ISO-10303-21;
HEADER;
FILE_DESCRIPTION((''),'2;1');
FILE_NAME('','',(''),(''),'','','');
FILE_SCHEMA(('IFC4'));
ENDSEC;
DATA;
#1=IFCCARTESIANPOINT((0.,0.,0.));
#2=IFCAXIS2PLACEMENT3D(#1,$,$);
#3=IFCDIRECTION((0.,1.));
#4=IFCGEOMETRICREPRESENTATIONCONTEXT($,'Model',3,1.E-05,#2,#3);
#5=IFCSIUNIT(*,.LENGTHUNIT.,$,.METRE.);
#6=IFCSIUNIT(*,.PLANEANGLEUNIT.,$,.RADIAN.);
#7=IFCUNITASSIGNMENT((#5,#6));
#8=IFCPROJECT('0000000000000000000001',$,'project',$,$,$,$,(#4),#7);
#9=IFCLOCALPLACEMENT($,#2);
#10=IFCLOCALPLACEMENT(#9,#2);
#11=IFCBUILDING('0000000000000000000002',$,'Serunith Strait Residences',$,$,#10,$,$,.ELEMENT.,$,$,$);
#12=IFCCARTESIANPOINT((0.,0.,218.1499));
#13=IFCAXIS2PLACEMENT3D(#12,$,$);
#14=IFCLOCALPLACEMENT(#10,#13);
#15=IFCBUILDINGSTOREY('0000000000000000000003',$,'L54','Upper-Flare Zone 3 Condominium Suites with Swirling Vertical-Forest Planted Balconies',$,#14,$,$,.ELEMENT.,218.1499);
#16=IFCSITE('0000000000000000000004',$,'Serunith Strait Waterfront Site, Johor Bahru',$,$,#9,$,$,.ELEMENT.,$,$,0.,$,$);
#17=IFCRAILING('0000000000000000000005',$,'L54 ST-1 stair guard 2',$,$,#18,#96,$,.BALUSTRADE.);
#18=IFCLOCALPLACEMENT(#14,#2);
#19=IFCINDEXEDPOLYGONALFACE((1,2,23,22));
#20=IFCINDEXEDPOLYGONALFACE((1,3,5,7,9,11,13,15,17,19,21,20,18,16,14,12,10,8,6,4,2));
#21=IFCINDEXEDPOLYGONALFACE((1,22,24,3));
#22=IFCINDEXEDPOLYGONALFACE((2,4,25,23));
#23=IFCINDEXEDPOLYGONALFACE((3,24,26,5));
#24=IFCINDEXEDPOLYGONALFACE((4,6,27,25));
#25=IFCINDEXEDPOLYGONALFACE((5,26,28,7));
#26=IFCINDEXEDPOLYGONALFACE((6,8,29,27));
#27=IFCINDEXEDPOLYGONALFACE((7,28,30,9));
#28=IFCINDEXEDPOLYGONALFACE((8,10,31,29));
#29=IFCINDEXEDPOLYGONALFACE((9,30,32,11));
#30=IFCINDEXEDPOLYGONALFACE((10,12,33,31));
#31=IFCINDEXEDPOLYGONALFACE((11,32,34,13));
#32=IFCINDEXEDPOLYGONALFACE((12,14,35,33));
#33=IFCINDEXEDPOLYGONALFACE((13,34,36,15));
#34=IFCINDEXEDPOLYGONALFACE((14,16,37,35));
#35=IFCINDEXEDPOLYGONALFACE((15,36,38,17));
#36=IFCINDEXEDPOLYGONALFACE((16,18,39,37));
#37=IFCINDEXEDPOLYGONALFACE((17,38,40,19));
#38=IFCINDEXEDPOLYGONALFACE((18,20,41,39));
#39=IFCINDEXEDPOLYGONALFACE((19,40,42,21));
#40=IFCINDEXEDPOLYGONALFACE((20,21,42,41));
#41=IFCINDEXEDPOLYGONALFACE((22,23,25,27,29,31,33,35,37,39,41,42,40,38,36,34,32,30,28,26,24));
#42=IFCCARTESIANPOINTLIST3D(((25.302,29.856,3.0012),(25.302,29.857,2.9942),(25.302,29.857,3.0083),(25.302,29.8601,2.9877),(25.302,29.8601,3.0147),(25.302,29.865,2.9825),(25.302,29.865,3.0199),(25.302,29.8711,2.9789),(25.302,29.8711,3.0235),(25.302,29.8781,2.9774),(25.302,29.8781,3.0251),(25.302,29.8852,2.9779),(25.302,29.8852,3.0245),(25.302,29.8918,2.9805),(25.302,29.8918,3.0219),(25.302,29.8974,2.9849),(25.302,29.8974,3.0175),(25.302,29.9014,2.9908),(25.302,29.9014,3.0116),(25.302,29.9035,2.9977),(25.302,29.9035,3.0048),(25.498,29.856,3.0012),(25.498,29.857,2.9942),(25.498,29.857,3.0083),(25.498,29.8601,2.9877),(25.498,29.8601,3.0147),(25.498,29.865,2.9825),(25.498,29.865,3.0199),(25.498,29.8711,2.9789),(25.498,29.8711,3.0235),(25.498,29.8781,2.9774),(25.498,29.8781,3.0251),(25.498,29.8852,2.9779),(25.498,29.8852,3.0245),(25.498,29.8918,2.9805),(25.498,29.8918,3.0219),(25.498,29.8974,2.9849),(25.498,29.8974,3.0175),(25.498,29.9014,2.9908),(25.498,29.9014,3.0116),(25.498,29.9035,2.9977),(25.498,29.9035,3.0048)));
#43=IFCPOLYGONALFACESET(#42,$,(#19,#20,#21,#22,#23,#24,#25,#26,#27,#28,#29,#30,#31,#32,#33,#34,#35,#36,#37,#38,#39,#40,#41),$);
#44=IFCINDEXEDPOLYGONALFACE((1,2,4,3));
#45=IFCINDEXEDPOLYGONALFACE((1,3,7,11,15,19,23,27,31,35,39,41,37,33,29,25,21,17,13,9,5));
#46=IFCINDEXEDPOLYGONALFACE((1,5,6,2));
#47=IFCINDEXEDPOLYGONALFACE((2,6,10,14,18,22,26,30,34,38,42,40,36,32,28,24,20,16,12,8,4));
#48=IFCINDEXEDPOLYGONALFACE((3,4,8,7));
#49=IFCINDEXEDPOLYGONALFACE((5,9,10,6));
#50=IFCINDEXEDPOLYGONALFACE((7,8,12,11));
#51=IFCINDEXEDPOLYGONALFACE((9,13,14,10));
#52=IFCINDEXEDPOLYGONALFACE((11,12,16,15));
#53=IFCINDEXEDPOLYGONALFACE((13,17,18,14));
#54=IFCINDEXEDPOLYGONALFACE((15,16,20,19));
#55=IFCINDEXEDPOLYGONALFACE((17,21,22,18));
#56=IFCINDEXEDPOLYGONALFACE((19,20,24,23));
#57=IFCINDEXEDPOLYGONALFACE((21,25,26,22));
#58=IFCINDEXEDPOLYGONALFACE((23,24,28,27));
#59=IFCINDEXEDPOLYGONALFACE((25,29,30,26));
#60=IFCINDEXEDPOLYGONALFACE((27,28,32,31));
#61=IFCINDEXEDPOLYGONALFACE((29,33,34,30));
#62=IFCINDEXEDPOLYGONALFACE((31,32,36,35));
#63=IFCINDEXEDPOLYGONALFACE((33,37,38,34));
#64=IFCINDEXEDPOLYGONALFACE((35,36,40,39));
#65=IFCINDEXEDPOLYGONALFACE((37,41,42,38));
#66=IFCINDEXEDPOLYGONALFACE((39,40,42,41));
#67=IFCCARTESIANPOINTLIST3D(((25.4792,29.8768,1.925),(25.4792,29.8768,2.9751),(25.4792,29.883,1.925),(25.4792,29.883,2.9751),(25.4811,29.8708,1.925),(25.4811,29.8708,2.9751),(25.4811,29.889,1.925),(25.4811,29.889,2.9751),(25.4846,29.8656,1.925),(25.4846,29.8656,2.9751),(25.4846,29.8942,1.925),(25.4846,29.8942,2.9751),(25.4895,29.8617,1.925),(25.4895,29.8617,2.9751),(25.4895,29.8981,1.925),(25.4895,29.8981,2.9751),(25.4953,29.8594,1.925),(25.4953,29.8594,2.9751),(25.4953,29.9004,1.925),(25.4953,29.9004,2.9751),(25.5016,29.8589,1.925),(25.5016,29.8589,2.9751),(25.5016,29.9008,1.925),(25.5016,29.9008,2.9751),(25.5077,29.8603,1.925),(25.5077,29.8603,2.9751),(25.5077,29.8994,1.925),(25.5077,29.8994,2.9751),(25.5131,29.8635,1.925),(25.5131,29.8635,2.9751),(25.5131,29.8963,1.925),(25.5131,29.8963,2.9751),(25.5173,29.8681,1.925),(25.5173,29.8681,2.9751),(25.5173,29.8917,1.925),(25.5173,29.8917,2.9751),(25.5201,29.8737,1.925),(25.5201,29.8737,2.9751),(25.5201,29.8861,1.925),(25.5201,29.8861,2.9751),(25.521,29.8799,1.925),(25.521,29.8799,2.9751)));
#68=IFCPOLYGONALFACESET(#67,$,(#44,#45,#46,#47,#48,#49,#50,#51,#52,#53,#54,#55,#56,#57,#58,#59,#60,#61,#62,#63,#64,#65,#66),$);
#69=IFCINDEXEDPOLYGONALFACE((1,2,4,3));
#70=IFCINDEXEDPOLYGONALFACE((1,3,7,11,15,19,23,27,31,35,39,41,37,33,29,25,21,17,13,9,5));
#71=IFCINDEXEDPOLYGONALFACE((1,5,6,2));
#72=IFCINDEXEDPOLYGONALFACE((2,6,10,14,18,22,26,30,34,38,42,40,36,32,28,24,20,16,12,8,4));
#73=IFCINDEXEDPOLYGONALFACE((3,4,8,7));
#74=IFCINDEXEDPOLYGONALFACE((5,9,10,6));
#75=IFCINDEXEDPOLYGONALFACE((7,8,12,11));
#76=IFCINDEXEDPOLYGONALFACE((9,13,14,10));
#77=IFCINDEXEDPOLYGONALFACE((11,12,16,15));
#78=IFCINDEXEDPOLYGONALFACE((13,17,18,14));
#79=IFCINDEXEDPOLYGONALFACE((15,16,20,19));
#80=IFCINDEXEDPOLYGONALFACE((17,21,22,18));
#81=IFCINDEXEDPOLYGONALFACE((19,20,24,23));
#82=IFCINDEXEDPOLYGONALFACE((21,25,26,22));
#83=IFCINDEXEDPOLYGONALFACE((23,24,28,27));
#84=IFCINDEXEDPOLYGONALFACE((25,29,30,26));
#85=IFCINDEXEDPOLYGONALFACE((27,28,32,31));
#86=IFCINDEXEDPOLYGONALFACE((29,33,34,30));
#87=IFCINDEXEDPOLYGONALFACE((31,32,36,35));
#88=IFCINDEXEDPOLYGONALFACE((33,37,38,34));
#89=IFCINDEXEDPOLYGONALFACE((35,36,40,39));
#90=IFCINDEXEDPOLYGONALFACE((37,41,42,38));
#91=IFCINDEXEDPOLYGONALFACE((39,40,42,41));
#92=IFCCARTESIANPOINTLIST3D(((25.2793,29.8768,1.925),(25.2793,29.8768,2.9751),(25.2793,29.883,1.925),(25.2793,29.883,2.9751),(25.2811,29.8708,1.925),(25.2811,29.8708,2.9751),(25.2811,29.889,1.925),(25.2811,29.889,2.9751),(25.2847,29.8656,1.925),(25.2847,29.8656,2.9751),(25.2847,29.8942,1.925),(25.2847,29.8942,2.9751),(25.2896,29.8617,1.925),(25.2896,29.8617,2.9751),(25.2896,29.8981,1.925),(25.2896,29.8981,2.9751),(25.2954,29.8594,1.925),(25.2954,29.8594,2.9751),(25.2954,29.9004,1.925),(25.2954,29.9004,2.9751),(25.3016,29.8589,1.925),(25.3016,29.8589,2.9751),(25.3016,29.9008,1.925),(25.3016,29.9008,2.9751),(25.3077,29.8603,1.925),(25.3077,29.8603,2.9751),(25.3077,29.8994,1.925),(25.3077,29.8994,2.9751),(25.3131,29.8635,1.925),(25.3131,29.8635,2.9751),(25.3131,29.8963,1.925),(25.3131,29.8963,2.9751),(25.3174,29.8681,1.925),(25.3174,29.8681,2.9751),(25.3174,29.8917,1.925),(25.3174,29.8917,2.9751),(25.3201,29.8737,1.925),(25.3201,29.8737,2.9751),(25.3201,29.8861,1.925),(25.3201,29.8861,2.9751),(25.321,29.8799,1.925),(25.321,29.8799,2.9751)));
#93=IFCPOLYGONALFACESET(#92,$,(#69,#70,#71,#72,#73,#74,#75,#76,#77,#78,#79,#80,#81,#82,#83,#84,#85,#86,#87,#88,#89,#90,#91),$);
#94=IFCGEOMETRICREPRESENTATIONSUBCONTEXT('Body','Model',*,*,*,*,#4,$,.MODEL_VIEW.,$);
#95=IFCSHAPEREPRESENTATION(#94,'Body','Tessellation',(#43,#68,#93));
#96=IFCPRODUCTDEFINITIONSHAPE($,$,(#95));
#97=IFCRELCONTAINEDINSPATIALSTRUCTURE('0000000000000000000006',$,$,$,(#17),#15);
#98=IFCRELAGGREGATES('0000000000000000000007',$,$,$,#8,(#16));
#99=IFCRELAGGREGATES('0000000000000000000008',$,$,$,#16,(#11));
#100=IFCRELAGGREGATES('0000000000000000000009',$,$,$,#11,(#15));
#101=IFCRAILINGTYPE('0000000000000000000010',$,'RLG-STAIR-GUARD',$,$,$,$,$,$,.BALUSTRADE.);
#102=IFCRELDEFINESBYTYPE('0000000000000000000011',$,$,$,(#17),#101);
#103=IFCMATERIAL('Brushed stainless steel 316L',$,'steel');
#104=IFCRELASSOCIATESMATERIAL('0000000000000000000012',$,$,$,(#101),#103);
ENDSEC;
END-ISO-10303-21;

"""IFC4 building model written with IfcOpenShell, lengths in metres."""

from ifc_helpers import new_model, si_unit, direction, frame, origin, origin_2d, place, context, subcontext, project, spatial, circle, extrude, material, type_object, element, save


model = new_model("IFC4")

# Units and contexts
model_context = context("Model", 3, precision=1e-05, world=origin(), true_north=direction((0.0, 1.0)))
body_context = subcontext(model_context, "Body", "Model", "MODEL_VIEW")
ifc_project = project(units=[si_unit("LENGTHUNIT", "METRE"), si_unit("PLANEANGLEUNIT", "RADIAN")], contexts=[model_context])

# Site, building, storey
site_placement = place(None, origin())
site = spatial("IfcSite", under=ifc_project, at=site_placement, Name="Serunith Strait Waterfront Site, Johor Bahru", CompositionType="ELEMENT", RefElevation=0.0)
building_placement = place(site_placement, origin())
building = spatial("IfcBuilding", under=site, at=building_placement, Name="Serunith Strait Residences", CompositionType="ELEMENT")
storey_placement = place(building_placement, frame((0.0, 0.0, 218.1499)))
storey = spatial("IfcBuildingStorey", under=building, at=storey_placement, Name="L54", Description="Upper-Flare Zone 3 Condominium Suites with Swirling Vertical-Forest Planted Balconies", CompositionType="ELEMENT", Elevation=218.1499)

# Railing
ifc_material_1 = material(Name="Brushed stainless steel 316L", Category="steel")
railing_type_1 = type_object("IfcRailingType", Name="RLG-STAIR-GUARD", PredefinedType="BALUSTRADE", material=ifc_material_1)
railing_1_placement = place(storey_placement, frame((25.5, 29.8799, 1.925)))
element("IfcRailing", 1, at=railing_1_placement, inside=storey, type_object=railing_type_1, Name="L54 ST-1 stair guard 2", PredefinedType="BALUSTRADE", context=body_context, shape_type="SweptSolid", body=[
    extrude(circle(Radius=0.0239, at=origin_2d()), frame((-0.002, 0.0, 1.0762), z_axis=(-1.0, 0.0, 0.0), x_axis=(0.0, -1.0, 0.0)), (0.0, 0.0, 1.0), 0.196),
    extrude(circle(Radius=0.021, at=origin_2d()), origin(), (0.0, 0.0, 1.0), 1.05),
    extrude(circle(Radius=0.021, at=origin_2d()), frame((-0.2, 0.0, 0.0)), (0.0, 0.0, 1.0), 1.05),
])

save(model, "model.ifc")
